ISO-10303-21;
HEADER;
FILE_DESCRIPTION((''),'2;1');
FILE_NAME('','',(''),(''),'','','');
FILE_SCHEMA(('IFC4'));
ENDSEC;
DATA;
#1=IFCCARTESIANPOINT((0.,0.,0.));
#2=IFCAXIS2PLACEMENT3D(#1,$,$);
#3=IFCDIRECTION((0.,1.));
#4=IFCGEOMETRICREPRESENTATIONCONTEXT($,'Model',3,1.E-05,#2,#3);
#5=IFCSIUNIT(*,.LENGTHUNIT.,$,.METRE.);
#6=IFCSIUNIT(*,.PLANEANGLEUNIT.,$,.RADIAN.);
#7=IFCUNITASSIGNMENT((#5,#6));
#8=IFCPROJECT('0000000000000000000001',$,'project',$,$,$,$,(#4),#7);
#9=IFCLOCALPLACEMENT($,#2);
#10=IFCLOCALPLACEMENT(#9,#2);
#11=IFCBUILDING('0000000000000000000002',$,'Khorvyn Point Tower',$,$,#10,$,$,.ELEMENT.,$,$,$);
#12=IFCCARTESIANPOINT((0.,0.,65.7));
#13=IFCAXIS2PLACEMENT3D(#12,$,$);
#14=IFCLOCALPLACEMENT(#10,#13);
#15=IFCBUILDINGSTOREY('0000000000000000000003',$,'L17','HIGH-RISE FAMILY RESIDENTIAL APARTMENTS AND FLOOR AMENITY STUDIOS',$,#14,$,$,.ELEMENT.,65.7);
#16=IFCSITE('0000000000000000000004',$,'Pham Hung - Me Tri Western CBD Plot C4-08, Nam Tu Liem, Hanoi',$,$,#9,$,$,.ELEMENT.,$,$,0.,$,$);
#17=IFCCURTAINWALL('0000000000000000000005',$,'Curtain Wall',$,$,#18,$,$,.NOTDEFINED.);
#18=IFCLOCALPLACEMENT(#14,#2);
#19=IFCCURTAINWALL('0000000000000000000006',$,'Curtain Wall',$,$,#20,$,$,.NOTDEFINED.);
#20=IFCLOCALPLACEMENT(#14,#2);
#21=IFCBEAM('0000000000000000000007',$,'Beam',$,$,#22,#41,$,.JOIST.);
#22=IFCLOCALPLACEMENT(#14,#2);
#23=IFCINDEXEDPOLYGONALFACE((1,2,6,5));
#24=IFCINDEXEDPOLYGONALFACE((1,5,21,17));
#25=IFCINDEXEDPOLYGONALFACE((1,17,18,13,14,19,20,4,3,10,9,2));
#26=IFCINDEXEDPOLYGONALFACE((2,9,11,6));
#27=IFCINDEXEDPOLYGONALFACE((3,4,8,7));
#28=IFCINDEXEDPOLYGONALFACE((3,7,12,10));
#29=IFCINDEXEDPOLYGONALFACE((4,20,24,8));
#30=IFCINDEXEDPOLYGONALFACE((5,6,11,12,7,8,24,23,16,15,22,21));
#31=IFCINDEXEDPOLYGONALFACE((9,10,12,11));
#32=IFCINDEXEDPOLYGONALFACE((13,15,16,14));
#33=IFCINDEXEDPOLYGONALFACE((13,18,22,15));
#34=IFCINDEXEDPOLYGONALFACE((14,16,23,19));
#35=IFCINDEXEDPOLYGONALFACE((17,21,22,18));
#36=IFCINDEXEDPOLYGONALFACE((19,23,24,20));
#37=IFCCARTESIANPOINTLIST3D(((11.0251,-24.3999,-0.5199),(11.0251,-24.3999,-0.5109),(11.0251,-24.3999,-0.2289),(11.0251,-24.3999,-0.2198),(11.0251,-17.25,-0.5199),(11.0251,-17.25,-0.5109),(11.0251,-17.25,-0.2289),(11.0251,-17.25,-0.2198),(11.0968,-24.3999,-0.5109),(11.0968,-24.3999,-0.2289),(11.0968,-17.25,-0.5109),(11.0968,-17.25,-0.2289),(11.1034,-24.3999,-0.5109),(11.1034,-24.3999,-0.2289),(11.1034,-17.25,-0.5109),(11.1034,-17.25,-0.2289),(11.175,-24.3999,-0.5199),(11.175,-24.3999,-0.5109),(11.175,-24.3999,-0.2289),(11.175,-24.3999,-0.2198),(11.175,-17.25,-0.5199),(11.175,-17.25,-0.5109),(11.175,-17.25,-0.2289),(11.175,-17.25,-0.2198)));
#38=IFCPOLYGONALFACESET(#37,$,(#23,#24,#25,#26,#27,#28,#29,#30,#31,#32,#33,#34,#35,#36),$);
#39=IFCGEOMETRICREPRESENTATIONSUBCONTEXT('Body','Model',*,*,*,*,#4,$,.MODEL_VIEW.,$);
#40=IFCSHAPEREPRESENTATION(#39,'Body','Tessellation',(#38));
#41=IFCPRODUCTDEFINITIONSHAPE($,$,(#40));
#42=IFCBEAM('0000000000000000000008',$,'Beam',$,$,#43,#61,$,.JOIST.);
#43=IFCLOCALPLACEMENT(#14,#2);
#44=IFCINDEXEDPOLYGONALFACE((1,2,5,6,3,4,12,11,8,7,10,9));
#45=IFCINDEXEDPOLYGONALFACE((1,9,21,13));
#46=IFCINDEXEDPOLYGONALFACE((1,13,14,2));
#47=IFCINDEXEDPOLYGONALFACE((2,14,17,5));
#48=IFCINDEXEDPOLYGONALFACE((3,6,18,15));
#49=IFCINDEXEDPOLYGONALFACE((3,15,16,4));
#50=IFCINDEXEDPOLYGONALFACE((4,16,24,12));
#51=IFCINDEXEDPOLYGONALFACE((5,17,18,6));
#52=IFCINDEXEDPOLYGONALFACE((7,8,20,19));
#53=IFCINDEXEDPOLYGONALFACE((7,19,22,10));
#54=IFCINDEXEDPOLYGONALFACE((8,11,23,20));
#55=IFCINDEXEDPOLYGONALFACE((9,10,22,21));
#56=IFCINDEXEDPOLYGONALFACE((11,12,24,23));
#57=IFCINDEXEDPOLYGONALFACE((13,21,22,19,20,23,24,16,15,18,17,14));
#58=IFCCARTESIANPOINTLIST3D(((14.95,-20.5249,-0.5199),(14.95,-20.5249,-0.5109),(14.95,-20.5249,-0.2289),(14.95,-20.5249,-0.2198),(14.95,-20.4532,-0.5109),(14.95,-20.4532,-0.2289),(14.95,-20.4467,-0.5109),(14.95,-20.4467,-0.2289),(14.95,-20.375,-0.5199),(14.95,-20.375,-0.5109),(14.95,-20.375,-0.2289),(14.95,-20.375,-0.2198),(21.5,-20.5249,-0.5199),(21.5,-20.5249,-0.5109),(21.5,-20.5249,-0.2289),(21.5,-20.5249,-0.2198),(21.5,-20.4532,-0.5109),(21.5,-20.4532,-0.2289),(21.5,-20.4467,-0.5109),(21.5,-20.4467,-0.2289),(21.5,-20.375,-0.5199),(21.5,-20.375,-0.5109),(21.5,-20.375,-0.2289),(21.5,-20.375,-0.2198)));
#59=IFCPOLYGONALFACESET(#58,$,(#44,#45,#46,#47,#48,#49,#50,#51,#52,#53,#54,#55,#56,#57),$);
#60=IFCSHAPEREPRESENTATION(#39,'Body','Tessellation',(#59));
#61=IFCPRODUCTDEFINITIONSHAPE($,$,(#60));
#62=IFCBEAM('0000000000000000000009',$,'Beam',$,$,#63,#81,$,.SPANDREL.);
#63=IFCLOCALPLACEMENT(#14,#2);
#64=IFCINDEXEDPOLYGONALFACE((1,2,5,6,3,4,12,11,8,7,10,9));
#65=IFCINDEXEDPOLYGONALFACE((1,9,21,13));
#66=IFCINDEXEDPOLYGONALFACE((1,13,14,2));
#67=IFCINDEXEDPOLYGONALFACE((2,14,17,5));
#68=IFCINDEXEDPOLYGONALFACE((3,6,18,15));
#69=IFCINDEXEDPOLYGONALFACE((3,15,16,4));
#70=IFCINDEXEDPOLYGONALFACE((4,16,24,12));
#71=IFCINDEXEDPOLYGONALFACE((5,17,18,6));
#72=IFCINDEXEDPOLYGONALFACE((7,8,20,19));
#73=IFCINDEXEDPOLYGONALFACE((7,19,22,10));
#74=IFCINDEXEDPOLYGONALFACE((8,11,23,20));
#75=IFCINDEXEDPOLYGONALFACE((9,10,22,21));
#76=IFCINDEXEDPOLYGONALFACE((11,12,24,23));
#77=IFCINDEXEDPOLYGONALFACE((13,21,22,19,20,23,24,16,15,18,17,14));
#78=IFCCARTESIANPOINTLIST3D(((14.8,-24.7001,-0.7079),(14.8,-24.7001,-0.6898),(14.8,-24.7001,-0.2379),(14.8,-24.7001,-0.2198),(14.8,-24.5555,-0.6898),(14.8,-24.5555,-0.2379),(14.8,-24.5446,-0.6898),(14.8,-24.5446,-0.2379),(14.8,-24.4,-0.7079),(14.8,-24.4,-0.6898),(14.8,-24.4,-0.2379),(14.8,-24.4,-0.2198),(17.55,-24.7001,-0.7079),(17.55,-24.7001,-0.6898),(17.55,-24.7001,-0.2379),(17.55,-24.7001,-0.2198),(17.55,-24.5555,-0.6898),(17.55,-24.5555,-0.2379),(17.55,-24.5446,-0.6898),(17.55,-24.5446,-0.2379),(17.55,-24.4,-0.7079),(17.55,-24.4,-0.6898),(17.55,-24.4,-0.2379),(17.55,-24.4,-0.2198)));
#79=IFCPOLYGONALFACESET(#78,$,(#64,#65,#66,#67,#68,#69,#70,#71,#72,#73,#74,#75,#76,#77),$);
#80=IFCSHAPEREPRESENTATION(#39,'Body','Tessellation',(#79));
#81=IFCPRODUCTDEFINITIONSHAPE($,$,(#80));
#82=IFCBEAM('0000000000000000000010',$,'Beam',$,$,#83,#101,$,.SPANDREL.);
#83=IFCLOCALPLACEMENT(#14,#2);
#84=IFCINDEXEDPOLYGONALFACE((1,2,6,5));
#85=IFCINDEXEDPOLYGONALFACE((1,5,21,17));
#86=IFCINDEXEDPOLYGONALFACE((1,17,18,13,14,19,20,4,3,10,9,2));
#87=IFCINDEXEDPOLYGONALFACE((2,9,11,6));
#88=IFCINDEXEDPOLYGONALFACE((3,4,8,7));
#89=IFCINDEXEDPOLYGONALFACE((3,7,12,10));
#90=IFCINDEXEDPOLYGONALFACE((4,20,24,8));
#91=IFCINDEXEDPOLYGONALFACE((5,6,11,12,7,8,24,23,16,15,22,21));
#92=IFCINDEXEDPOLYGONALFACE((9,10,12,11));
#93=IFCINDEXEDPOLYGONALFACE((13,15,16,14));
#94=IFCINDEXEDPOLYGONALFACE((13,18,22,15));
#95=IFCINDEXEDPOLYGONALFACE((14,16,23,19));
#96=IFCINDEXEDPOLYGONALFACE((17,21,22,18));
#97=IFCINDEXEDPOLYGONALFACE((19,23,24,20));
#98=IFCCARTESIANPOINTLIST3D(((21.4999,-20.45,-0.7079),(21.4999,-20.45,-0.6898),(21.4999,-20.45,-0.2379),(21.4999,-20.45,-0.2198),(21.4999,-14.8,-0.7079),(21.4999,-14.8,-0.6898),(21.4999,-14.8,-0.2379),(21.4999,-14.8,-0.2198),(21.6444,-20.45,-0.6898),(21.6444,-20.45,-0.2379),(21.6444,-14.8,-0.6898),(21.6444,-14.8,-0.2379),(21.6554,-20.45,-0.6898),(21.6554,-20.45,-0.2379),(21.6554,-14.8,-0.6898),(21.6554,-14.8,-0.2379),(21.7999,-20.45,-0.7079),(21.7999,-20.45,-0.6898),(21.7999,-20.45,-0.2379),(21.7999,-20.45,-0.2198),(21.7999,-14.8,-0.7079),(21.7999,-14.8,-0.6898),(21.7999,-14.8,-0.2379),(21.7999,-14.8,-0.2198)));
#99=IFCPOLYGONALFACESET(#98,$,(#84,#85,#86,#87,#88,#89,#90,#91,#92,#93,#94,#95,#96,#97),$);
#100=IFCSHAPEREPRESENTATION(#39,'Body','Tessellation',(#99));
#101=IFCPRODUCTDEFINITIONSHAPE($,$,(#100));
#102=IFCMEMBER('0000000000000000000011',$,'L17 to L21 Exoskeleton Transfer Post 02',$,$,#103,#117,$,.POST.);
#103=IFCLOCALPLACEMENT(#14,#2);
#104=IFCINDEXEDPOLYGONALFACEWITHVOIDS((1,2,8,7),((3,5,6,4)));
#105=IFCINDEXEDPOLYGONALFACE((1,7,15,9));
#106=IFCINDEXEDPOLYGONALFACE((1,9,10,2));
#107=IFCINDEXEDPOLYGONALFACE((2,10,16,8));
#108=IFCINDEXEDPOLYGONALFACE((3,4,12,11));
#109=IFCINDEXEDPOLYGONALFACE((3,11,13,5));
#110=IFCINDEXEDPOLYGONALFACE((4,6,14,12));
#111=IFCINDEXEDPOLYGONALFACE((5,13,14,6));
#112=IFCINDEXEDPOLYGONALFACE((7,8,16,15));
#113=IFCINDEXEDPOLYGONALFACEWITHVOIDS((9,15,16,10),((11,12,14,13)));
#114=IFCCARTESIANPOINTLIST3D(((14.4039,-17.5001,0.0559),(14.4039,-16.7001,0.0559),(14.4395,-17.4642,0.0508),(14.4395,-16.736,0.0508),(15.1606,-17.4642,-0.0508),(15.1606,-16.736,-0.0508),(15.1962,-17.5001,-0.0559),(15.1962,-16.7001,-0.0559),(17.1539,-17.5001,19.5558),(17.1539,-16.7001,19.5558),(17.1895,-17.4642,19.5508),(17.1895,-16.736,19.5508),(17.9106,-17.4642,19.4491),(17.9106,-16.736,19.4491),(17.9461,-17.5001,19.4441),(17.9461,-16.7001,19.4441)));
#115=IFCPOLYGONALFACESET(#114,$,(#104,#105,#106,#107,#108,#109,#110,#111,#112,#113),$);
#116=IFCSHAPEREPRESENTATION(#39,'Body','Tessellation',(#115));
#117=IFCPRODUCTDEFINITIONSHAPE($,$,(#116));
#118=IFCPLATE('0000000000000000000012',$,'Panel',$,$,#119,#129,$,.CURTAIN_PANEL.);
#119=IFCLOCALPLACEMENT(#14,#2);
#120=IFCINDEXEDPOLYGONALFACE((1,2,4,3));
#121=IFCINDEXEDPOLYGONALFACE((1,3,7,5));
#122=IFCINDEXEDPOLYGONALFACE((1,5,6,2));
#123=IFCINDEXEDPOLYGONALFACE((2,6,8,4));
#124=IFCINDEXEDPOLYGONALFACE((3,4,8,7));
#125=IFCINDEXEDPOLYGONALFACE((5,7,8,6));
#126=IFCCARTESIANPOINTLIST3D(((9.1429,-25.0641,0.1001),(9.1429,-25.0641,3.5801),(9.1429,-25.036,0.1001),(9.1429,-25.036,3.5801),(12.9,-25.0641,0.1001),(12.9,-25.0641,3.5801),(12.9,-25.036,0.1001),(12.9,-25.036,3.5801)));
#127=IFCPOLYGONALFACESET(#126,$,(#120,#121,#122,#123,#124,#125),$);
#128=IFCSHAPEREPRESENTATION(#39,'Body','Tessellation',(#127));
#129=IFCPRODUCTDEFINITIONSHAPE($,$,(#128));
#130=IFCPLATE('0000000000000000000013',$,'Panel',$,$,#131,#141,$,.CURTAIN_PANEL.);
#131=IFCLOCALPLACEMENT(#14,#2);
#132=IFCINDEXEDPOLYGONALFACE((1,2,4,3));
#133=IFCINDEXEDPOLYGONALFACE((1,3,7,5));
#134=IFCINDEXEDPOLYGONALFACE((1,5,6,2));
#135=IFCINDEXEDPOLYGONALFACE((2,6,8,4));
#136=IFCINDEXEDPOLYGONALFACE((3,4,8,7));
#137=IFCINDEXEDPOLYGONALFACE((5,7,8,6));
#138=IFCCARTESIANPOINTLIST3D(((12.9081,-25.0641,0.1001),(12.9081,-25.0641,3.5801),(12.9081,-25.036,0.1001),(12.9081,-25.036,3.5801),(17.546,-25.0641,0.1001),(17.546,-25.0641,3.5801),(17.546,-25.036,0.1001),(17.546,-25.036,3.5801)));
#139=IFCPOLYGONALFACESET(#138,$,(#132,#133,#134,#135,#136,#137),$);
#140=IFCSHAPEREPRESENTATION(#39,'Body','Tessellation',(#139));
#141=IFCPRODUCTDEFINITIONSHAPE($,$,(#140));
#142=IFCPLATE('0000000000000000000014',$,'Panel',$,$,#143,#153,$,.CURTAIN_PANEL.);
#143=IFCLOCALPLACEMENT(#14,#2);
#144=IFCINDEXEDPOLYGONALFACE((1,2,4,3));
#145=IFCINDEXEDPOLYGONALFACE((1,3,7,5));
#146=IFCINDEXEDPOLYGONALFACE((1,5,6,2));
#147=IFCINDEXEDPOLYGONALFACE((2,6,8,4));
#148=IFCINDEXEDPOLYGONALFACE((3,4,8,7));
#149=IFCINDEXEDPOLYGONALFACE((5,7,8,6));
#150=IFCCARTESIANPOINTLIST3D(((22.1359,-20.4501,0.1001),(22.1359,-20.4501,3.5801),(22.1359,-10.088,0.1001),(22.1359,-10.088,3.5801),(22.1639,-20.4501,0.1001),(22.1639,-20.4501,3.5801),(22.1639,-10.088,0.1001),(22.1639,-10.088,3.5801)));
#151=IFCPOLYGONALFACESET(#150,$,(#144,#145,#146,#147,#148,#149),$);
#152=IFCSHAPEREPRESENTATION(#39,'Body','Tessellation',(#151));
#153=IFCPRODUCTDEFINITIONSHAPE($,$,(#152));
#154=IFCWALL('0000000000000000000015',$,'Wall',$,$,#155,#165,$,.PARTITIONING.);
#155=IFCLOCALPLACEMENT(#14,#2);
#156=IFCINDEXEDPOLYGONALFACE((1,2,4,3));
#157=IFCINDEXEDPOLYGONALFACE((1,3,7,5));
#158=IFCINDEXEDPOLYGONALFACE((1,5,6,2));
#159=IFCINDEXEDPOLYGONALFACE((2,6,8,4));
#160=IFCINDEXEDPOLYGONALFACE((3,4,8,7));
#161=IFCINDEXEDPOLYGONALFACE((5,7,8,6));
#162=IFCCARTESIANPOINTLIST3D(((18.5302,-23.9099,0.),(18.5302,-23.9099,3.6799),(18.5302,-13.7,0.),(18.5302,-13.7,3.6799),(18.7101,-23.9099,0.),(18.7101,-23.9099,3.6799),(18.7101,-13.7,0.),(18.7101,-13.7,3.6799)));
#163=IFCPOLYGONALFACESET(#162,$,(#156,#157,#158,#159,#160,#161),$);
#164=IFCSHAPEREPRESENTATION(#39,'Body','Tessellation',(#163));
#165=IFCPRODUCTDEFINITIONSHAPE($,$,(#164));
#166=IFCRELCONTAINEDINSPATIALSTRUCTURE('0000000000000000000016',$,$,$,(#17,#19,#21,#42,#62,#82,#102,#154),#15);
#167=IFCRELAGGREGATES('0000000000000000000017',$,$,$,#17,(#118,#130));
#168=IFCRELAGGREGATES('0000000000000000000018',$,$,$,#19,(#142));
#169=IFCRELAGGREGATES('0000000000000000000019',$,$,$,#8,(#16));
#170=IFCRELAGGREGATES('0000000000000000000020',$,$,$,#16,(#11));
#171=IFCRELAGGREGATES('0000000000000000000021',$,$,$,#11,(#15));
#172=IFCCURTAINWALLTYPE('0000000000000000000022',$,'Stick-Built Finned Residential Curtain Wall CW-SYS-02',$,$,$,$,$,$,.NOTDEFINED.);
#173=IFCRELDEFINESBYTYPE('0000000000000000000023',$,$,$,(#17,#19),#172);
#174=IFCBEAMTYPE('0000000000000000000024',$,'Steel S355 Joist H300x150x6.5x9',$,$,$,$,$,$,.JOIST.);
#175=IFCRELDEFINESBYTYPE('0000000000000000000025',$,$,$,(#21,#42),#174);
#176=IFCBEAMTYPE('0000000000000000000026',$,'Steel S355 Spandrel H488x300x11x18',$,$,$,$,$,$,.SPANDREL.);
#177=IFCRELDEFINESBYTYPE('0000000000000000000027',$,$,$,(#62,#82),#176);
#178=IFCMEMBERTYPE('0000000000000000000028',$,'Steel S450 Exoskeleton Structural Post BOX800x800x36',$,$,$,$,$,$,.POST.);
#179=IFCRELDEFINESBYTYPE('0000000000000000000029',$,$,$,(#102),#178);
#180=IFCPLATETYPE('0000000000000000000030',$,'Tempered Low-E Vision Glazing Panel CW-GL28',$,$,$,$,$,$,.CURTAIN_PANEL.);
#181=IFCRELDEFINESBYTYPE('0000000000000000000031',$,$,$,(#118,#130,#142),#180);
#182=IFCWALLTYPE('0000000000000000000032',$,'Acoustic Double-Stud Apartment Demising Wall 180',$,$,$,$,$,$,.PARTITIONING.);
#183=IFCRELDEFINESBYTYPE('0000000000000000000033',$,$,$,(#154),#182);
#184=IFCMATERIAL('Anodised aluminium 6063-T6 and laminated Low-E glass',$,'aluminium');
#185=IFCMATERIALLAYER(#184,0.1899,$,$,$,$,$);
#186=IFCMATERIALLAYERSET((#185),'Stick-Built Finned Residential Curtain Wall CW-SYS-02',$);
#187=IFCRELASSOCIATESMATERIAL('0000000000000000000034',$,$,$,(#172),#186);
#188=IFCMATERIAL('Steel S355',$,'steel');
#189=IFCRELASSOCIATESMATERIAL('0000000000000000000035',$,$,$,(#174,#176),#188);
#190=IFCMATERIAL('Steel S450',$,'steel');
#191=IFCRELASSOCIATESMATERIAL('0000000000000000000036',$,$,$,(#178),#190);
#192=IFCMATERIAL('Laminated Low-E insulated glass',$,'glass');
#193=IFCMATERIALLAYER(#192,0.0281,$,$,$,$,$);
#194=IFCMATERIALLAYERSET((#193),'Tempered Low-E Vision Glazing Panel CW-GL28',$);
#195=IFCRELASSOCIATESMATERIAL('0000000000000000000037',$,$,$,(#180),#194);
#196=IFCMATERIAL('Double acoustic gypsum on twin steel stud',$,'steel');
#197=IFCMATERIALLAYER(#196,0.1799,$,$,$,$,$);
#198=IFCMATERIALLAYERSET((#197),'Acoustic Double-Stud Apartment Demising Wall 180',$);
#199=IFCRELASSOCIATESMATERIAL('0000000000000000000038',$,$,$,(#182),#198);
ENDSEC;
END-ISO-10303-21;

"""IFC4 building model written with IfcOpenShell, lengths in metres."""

from ifc_helpers import new_model, si_unit, direction, frame, frame_2d, origin, origin_2d, place, context, subcontext, project, spatial, rectangle, hollow_rectangle, i_section, extrude, material, layer, layer_set, material_profile, profile_set, type_object, element, aggregate, save


model = new_model("IFC4")

# Units and contexts
model_context = context("Model", 3, precision=1e-05, world=origin(), true_north=direction((0.0, 1.0)))
body_context = subcontext(model_context, "Body", "Model", "MODEL_VIEW")
ifc_project = project(units=[si_unit("LENGTHUNIT", "METRE"), si_unit("PLANEANGLEUNIT", "RADIAN")], contexts=[model_context])

# Site, building, storey
site_placement = place(None, origin())
site = spatial("IfcSite", under=ifc_project, at=site_placement, Name="Pham Hung - Me Tri Western CBD Plot C4-08, Nam Tu Liem, Hanoi", CompositionType="ELEMENT", RefElevation=0.0)
building_placement = place(site_placement, origin())
building = spatial("IfcBuilding", under=site, at=building_placement, Name="Khorvyn Point Tower", CompositionType="ELEMENT")
storey_placement = place(building_placement, frame((0.0, 0.0, 65.7)))
storey = spatial("IfcBuildingStorey", under=building, at=storey_placement, Name="L17", Description="HIGH-RISE FAMILY RESIDENTIAL APARTMENTS AND FLOOR AMENITY STUDIOS", CompositionType="ELEMENT", Elevation=65.7)

# Shared definitions
ifc_material_1 = material(Name="Steel S450", Category="steel")

# Curtain walls
ifc_material_2 = material(Name="Anodised aluminium 6063-T6 and laminated Low-E glass", Category="aluminium")
ifc_layer_1 = layer(ifc_material_2, 0.1899)
ifc_layer_set_1 = layer_set([ifc_layer_1], Name="Stick-Built Finned Residential Curtain Wall CW-SYS-02")
curtain_wall_type = type_object("IfcCurtainWallType", Name="Stick-Built Finned Residential Curtain Wall CW-SYS-02", PredefinedType="NOTDEFINED", material=ifc_layer_set_1)
curtain_wall_1_placement = place(storey_placement, origin())
curtain_wall_1 = element("IfcCurtainWall", 1, at=curtain_wall_1_placement, inside=storey, type_object=curtain_wall_type, Name="Curtain Wall", PredefinedType="NOTDEFINED")
curtain_wall_2_placement = place(storey_placement, origin())
curtain_wall_2 = element("IfcCurtainWall", 2, at=curtain_wall_2_placement, inside=storey, type_object=curtain_wall_type, Name="Curtain Wall", PredefinedType="NOTDEFINED")

# Beams
ifc_material_3 = material(Name="Steel S355", Category="steel")
ifc_material_profile_1 = material_profile(ifc_material_3, i_section(OverallWidth=0.1499, OverallDepth=0.3, WebThickness=0.0066, FlangeThickness=0.009, at=origin_2d()))
ifc_profile_set_1 = profile_set([ifc_material_profile_1], Name="Steel S355 H300x150x6.5x9")
beam_type_1 = type_object("IfcBeamType", Name="Steel S355 Joist H300x150x6.5x9", PredefinedType="JOIST", material=ifc_profile_set_1)
beam_1_placement = place(storey_placement, frame((11.1001, -24.3999, -0.3699), z_axis=(0.0, 1.0, 0.0), x_axis=(-1.0, 0.0, 0.0)))
element("IfcBeam", 3, at=beam_1_placement, inside=storey, type_object=beam_type_1, Name="Beam", PredefinedType="JOIST", context=body_context, shape_type="SweptSolid", body=[
    extrude(i_section(OverallWidth=0.1499, OverallDepth=0.3, WebThickness=0.0066, FlangeThickness=0.009, at=origin_2d()), origin(), (0.0, 0.0, 1.0), 7.1499),
])
beam_2_placement = place(storey_placement, frame((14.95, -20.45, -0.3699), z_axis=(1.0, 0.0, 0.0), x_axis=(0.0, 1.0, 0.0)))
element("IfcBeam", 4, at=beam_2_placement, inside=storey, type_object=beam_type_1, Name="Beam", PredefinedType="JOIST", context=body_context, shape_type="SweptSolid", body=[
    extrude(i_section(OverallWidth=0.1499, OverallDepth=0.3, WebThickness=0.0066, FlangeThickness=0.009, at=origin_2d()), origin(), (0.0, 0.0, 1.0), 6.55),
])
ifc_material_profile_2 = material_profile(ifc_material_3, i_section(OverallWidth=0.3, OverallDepth=0.488, WebThickness=0.011, FlangeThickness=0.0181, at=origin_2d()))
ifc_profile_set_2 = profile_set([ifc_material_profile_2], Name="Steel S355 H488x300x11x18")
beam_type_2 = type_object("IfcBeamType", Name="Steel S355 Spandrel H488x300x11x18", PredefinedType="SPANDREL", material=ifc_profile_set_2)
beam_3_placement = place(storey_placement, frame((14.8, -24.55, -0.4639), z_axis=(1.0, 0.0, 0.0), x_axis=(0.0, 1.0, 0.0)))
element("IfcBeam", 5, at=beam_3_placement, inside=storey, type_object=beam_type_2, Name="Beam", PredefinedType="SPANDREL", context=body_context, shape_type="SweptSolid", body=[
    extrude(i_section(OverallWidth=0.3, OverallDepth=0.488, WebThickness=0.011, FlangeThickness=0.0181, at=origin_2d()), origin(), (0.0, 0.0, 1.0), 2.75),
])
beam_4_placement = place(storey_placement, frame((21.6499, -20.45, -0.4639), z_axis=(0.0, 1.0, 0.0), x_axis=(-1.0, 0.0, 0.0)))
element("IfcBeam", 6, at=beam_4_placement, inside=storey, type_object=beam_type_2, Name="Beam", PredefinedType="SPANDREL", context=body_context, shape_type="SweptSolid", body=[
    extrude(i_section(OverallWidth=0.3, OverallDepth=0.488, WebThickness=0.011, FlangeThickness=0.0181, at=origin_2d()), origin(), (0.0, 0.0, 1.0), 5.6499),
])

# Member
ifc_material_profile_3 = material_profile(ifc_material_1, hollow_rectangle(XDim=0.8, YDim=0.8, WallThickness=0.0359, at=origin_2d()))
ifc_profile_set_3 = profile_set([ifc_material_profile_3], Name="Steel S450 BOX800x800x36")
member_type_1 = type_object("IfcMemberType", Name="Steel S450 Exoskeleton Structural Post BOX800x800x36", PredefinedType="POST", material=ifc_profile_set_3)
member_1_placement = place(storey_placement, frame((14.8, -17.1001, 0.0), z_axis=(0.139644, 0.0, 0.990202), x_axis=(0.0, 1.0, 0.0)))
element("IfcMember", 7, at=member_1_placement, inside=storey, type_object=member_type_1, Name="L17 to L21 Exoskeleton Transfer Post 02", PredefinedType="POST", context=body_context, shape_type="SweptSolid", body=[
    extrude(hollow_rectangle(XDim=0.8, YDim=0.8, WallThickness=0.0359, at=origin_2d()), origin(), (0.0, 0.0, 1.0), 19.6929),
])

# Plates
ifc_material_4 = material(Name="Laminated Low-E insulated glass", Category="glass")
ifc_layer_2 = layer(ifc_material_4, 0.0281)
ifc_layer_set_2 = layer_set([ifc_layer_2], Name="Tempered Low-E Vision Glazing Panel CW-GL28")
plate_type = type_object("IfcPlateType", Name="Tempered Low-E Vision Glazing Panel CW-GL28", PredefinedType="CURTAIN_PANEL", material=ifc_layer_set_2)
plate_1_placement = place(storey_placement, frame((11.0215, -25.05, 0.1001), z_axis=(0.0, 0.0, 1.0), x_axis=(-1.0, 0.0, 0.0)))
plate_1 = element("IfcPlate", 8, at=plate_1_placement, type_object=plate_type, Name="Panel", PredefinedType="CURTAIN_PANEL", context=body_context, shape_type="SweptSolid", body=[
    extrude(rectangle(XDim=3.7571, YDim=0.0281, at=origin_2d()), origin(), (0.0, 0.0, 1.0), 3.48),
])
plate_2_placement = place(storey_placement, frame((15.2271, -25.05, 0.1001), z_axis=(0.0, 0.0, 1.0), x_axis=(-1.0, 0.0, 0.0)))
plate_2 = element("IfcPlate", 9, at=plate_2_placement, type_object=plate_type, Name="Panel", PredefinedType="CURTAIN_PANEL", context=body_context, shape_type="SweptSolid", body=[
    extrude(rectangle(XDim=4.6379, YDim=0.0281, at=origin_2d()), origin(), (0.0, 0.0, 1.0), 3.48),
])
aggregate(curtain_wall_1, [plate_1, plate_2])
plate_3_placement = place(storey_placement, frame((22.1499, -15.269, 0.1001), z_axis=(0.0, 0.0, 1.0), x_axis=(0.0, -1.0, 0.0)))
plate_3 = element("IfcPlate", 10, at=plate_3_placement, type_object=plate_type, Name="Panel", PredefinedType="CURTAIN_PANEL", context=body_context, shape_type="SweptSolid", body=[
    extrude(rectangle(XDim=10.3621, YDim=0.0281, at=origin_2d()), origin(), (0.0, 0.0, 1.0), 3.48),
])
aggregate(curtain_wall_2, [plate_3])

# Wall
ifc_material_5 = material(Name="Double acoustic gypsum on twin steel stud", Category="steel")
ifc_layer_3 = layer(ifc_material_5, 0.1799)
ifc_layer_set_3 = layer_set([ifc_layer_3], Name="Acoustic Double-Stud Apartment Demising Wall 180")
wall_type_1 = type_object("IfcWallType", Name="Acoustic Double-Stud Apartment Demising Wall 180", PredefinedType="PARTITIONING", material=ifc_layer_set_3)
wall_1_placement = place(storey_placement, frame((18.6201, -23.9099, 0.0), z_axis=(0.0, 0.0, 1.0), x_axis=(0.0, 1.0, 0.0)))
element("IfcWall", 11, at=wall_1_placement, inside=storey, type_object=wall_type_1, Name="Wall", PredefinedType="PARTITIONING", context=body_context, shape_type="SweptSolid", body=[
    extrude(rectangle(XDim=10.21, YDim=0.1799, at=frame_2d((5.105, 0.0))), origin(), (0.0, 0.0, 1.0), 3.6799),
])

save(model, "model.ifc")
